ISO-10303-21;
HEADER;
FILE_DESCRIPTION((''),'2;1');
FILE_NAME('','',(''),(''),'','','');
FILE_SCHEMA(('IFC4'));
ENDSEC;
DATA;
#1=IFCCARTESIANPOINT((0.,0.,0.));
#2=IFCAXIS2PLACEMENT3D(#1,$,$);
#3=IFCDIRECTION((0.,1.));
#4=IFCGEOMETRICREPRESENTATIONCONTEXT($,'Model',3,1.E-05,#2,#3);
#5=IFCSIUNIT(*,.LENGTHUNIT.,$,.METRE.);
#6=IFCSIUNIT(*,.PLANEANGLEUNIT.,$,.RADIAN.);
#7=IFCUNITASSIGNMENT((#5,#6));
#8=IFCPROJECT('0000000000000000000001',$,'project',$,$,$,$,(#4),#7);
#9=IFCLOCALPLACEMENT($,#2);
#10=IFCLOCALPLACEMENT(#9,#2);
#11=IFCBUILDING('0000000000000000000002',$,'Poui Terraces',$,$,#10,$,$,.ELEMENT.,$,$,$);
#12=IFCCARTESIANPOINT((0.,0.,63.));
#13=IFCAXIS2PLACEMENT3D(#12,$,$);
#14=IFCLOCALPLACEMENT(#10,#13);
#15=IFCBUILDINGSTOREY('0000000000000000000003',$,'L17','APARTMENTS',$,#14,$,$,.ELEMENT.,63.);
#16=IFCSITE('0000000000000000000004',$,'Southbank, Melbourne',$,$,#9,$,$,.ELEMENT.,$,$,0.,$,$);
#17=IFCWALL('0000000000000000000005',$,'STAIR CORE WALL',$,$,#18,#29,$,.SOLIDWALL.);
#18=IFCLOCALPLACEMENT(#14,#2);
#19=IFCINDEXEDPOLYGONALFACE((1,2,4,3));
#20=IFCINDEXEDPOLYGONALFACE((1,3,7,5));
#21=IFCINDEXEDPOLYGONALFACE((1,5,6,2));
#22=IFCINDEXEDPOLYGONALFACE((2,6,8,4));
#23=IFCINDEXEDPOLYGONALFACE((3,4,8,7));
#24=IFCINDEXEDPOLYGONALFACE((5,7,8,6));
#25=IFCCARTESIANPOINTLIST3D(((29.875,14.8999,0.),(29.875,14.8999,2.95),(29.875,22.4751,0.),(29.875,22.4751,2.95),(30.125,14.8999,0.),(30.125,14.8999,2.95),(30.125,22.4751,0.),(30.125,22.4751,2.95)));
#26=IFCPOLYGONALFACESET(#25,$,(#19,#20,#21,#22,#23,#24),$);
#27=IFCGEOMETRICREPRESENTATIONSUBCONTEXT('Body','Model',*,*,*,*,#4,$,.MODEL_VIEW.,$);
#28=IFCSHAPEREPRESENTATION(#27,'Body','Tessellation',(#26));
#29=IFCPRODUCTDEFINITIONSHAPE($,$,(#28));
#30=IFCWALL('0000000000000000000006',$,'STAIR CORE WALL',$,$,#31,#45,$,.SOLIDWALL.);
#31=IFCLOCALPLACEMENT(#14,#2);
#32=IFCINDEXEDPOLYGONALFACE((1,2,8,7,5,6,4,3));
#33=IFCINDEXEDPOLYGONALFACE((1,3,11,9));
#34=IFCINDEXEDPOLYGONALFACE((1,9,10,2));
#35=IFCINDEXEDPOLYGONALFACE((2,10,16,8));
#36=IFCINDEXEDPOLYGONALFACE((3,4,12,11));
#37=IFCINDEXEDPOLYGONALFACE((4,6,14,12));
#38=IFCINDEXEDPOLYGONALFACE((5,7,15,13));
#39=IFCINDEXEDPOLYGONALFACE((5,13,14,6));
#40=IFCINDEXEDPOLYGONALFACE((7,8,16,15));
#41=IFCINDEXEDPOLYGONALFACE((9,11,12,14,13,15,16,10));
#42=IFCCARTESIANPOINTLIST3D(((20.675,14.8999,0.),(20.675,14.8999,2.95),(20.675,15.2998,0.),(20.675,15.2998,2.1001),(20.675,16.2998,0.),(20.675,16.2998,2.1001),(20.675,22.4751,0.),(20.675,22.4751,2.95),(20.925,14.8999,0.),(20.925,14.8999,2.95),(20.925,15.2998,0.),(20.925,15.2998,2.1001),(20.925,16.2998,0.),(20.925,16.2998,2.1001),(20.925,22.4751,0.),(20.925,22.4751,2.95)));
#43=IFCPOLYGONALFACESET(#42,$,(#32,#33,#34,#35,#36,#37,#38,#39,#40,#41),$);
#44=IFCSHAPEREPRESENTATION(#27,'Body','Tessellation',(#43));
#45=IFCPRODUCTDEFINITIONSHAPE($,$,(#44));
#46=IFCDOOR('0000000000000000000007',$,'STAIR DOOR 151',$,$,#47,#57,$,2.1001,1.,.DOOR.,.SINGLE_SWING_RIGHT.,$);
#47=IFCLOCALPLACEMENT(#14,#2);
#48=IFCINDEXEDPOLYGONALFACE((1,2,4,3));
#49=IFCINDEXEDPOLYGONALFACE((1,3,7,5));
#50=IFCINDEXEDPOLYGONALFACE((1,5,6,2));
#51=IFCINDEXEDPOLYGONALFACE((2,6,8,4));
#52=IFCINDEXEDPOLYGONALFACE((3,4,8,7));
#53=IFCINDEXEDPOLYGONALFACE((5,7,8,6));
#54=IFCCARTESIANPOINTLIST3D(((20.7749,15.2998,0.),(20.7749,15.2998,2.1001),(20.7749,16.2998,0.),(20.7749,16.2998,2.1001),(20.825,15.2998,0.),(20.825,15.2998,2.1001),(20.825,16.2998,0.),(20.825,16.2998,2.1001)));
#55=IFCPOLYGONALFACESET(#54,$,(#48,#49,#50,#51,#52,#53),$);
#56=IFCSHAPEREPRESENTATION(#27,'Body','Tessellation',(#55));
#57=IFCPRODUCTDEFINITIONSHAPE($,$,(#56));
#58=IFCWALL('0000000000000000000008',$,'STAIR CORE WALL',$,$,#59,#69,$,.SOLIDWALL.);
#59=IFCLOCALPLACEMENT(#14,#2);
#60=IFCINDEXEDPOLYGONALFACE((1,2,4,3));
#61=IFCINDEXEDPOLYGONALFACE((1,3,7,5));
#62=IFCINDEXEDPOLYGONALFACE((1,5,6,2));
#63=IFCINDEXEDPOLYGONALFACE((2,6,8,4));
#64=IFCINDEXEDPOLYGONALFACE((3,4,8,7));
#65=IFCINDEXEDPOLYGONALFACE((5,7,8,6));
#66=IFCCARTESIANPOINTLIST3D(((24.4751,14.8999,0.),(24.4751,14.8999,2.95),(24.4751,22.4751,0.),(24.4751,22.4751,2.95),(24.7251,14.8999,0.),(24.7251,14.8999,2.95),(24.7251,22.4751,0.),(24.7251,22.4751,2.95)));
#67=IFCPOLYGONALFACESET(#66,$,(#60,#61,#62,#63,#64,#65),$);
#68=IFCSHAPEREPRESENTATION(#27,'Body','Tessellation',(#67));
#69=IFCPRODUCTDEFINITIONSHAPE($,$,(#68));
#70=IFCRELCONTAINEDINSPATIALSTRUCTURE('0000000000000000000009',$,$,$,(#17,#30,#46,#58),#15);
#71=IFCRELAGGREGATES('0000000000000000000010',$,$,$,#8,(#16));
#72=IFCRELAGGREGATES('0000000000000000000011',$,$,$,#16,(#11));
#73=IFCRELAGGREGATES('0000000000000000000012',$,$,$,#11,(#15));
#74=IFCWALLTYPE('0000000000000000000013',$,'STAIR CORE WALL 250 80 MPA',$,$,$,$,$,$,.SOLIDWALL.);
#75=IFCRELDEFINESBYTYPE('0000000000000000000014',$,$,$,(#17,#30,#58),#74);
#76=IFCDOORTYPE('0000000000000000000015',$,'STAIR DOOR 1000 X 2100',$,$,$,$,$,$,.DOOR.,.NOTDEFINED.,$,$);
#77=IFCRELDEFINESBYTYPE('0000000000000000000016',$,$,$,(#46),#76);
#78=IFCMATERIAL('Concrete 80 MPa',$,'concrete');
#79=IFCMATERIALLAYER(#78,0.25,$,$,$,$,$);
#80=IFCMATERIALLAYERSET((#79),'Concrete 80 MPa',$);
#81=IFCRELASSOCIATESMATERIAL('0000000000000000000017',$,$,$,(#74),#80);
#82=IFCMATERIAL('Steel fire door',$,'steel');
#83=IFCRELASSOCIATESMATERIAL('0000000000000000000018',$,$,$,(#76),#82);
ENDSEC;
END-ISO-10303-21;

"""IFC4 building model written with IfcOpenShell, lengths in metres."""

from ifc_helpers import new_model, si_unit, direction, frame, frame_2d, origin, place, context, subcontext, project, spatial, rectangle, extrude, material, layer, layer_set, type_object, element, fill, save


model = new_model("IFC4")

# Units and contexts
model_context = context("Model", 3, precision=1e-05, world=origin(), true_north=direction((0.0, 1.0)))
body_context = subcontext(model_context, "Body", "Model", "MODEL_VIEW")
ifc_project = project(units=[si_unit("LENGTHUNIT", "METRE"), si_unit("PLANEANGLEUNIT", "RADIAN")], contexts=[model_context])

# Site, building, storey
site_placement = place(None, origin())
site = spatial("IfcSite", under=ifc_project, at=site_placement, Name="Southbank, Melbourne", CompositionType="ELEMENT", RefElevation=0.0)
building_placement = place(site_placement, origin())
building = spatial("IfcBuilding", under=site, at=building_placement, Name="Poui Terraces", CompositionType="ELEMENT")
storey_placement = place(building_placement, frame((0.0, 0.0, 63.0)))
storey = spatial("IfcBuildingStorey", under=building, at=storey_placement, Name="L17", Description="APARTMENTS", CompositionType="ELEMENT", Elevation=63.0)

# Shared definitions
ifc_material_1 = material(Name="Concrete 80 MPa", Category="concrete")

# Shared definitions
ifc_material_2 = material(Name="Steel fire door", Category="steel")

# Wall
ifc_layer_1 = layer(ifc_material_1, 0.25)
ifc_layer_set_1 = layer_set([ifc_layer_1], Name="Concrete 80 MPa")
wall_type_1 = type_object("IfcWallType", Name="STAIR CORE WALL 250 80 MPA", PredefinedType="SOLIDWALL", material=ifc_layer_set_1)
wall_1_placement = place(storey_placement, frame((30.0, 14.8999, 0.0), z_axis=(0.0, 0.0, 1.0), x_axis=(0.0, 1.0, 0.0)))
element("IfcWall", 1, at=wall_1_placement, inside=storey, type_object=wall_type_1, Name="STAIR CORE WALL", PredefinedType="SOLIDWALL", context=body_context, shape_type="SweptSolid", body=[
    extrude(rectangle(XDim=7.5752, YDim=0.25, at=frame_2d((3.7876, 0.0))), origin(), (0.0, 0.0, 1.0), 2.95),
])

# Wall, opening, door
wall_2_placement = place(storey_placement, frame((20.8, 14.8999, 0.0), z_axis=(0.0, 0.0, 1.0), x_axis=(0.0, 1.0, 0.0)))
wall_2 = element("IfcWall", 2, at=wall_2_placement, inside=storey, type_object=wall_type_1, Name="STAIR CORE WALL", PredefinedType="SOLIDWALL", context=body_context, shape_type="SweptSolid", body=[
    extrude(rectangle(XDim=7.5752, YDim=0.25, at=frame_2d((3.7876, 0.0))), origin(), (0.0, 0.0, 1.0), 2.95),
])
opening_1_placement = place(wall_2_placement, frame((0.3999, 0.0, 0.0)))
opening_1 = element("IfcOpeningElement", 3, at=opening_1_placement, cuts=wall_2, PredefinedType="OPENING", context=body_context, shape_type="SweptSolid", body=[
    extrude(rectangle(XDim=1.0, YDim=2.1001, at=frame_2d((0.5, 1.05))), frame((0.0, 0.135, 0.0), z_axis=(0.0, -1.0, 0.0), x_axis=(1.0, 0.0, 0.0)), (0.0, 0.0, 1.0), 0.27),
])
door_type_1 = type_object("IfcDoorType", Name="STAIR DOOR 1000 X 2100", OperationType="NOTDEFINED", PredefinedType="DOOR", material=ifc_material_2)
door_1_placement = place(opening_1_placement, frame((1.0, 0.0, 0.0), z_axis=(0.0, 0.0, 1.0), x_axis=(-1.0, 0.0, 0.0)))
door_1 = element("IfcDoor", 4, at=door_1_placement, inside=storey, type_object=door_type_1, Name="STAIR DOOR 151", OperationType="SINGLE_SWING_RIGHT", OverallHeight=2.1001, OverallWidth=1.0, PredefinedType="DOOR", context=body_context, shape_type="SweptSolid", body=[
    extrude(rectangle(XDim=1.0, YDim=2.1001, at=frame_2d((0.5, 1.05))), frame((0.0, 0.0249, 0.0), z_axis=(0.0, -1.0, 0.0), x_axis=(1.0, 0.0, 0.0)), (0.0, 0.0, 1.0), 0.05),
])
fill(opening_1, door_1)

# Wall
wall_3_placement = place(storey_placement, frame((24.6001, 14.8999, 0.0), z_axis=(0.0, 0.0, 1.0), x_axis=(0.0, 1.0, 0.0)))
element("IfcWall", 5, at=wall_3_placement, inside=storey, type_object=wall_type_1, Name="STAIR CORE WALL", PredefinedType="SOLIDWALL", context=body_context, shape_type="SweptSolid", body=[
    extrude(rectangle(XDim=7.5752, YDim=0.25, at=frame_2d((3.7876, 0.0))), origin(), (0.0, 0.0, 1.0), 2.95),
])

save(model, "model.ifc")
